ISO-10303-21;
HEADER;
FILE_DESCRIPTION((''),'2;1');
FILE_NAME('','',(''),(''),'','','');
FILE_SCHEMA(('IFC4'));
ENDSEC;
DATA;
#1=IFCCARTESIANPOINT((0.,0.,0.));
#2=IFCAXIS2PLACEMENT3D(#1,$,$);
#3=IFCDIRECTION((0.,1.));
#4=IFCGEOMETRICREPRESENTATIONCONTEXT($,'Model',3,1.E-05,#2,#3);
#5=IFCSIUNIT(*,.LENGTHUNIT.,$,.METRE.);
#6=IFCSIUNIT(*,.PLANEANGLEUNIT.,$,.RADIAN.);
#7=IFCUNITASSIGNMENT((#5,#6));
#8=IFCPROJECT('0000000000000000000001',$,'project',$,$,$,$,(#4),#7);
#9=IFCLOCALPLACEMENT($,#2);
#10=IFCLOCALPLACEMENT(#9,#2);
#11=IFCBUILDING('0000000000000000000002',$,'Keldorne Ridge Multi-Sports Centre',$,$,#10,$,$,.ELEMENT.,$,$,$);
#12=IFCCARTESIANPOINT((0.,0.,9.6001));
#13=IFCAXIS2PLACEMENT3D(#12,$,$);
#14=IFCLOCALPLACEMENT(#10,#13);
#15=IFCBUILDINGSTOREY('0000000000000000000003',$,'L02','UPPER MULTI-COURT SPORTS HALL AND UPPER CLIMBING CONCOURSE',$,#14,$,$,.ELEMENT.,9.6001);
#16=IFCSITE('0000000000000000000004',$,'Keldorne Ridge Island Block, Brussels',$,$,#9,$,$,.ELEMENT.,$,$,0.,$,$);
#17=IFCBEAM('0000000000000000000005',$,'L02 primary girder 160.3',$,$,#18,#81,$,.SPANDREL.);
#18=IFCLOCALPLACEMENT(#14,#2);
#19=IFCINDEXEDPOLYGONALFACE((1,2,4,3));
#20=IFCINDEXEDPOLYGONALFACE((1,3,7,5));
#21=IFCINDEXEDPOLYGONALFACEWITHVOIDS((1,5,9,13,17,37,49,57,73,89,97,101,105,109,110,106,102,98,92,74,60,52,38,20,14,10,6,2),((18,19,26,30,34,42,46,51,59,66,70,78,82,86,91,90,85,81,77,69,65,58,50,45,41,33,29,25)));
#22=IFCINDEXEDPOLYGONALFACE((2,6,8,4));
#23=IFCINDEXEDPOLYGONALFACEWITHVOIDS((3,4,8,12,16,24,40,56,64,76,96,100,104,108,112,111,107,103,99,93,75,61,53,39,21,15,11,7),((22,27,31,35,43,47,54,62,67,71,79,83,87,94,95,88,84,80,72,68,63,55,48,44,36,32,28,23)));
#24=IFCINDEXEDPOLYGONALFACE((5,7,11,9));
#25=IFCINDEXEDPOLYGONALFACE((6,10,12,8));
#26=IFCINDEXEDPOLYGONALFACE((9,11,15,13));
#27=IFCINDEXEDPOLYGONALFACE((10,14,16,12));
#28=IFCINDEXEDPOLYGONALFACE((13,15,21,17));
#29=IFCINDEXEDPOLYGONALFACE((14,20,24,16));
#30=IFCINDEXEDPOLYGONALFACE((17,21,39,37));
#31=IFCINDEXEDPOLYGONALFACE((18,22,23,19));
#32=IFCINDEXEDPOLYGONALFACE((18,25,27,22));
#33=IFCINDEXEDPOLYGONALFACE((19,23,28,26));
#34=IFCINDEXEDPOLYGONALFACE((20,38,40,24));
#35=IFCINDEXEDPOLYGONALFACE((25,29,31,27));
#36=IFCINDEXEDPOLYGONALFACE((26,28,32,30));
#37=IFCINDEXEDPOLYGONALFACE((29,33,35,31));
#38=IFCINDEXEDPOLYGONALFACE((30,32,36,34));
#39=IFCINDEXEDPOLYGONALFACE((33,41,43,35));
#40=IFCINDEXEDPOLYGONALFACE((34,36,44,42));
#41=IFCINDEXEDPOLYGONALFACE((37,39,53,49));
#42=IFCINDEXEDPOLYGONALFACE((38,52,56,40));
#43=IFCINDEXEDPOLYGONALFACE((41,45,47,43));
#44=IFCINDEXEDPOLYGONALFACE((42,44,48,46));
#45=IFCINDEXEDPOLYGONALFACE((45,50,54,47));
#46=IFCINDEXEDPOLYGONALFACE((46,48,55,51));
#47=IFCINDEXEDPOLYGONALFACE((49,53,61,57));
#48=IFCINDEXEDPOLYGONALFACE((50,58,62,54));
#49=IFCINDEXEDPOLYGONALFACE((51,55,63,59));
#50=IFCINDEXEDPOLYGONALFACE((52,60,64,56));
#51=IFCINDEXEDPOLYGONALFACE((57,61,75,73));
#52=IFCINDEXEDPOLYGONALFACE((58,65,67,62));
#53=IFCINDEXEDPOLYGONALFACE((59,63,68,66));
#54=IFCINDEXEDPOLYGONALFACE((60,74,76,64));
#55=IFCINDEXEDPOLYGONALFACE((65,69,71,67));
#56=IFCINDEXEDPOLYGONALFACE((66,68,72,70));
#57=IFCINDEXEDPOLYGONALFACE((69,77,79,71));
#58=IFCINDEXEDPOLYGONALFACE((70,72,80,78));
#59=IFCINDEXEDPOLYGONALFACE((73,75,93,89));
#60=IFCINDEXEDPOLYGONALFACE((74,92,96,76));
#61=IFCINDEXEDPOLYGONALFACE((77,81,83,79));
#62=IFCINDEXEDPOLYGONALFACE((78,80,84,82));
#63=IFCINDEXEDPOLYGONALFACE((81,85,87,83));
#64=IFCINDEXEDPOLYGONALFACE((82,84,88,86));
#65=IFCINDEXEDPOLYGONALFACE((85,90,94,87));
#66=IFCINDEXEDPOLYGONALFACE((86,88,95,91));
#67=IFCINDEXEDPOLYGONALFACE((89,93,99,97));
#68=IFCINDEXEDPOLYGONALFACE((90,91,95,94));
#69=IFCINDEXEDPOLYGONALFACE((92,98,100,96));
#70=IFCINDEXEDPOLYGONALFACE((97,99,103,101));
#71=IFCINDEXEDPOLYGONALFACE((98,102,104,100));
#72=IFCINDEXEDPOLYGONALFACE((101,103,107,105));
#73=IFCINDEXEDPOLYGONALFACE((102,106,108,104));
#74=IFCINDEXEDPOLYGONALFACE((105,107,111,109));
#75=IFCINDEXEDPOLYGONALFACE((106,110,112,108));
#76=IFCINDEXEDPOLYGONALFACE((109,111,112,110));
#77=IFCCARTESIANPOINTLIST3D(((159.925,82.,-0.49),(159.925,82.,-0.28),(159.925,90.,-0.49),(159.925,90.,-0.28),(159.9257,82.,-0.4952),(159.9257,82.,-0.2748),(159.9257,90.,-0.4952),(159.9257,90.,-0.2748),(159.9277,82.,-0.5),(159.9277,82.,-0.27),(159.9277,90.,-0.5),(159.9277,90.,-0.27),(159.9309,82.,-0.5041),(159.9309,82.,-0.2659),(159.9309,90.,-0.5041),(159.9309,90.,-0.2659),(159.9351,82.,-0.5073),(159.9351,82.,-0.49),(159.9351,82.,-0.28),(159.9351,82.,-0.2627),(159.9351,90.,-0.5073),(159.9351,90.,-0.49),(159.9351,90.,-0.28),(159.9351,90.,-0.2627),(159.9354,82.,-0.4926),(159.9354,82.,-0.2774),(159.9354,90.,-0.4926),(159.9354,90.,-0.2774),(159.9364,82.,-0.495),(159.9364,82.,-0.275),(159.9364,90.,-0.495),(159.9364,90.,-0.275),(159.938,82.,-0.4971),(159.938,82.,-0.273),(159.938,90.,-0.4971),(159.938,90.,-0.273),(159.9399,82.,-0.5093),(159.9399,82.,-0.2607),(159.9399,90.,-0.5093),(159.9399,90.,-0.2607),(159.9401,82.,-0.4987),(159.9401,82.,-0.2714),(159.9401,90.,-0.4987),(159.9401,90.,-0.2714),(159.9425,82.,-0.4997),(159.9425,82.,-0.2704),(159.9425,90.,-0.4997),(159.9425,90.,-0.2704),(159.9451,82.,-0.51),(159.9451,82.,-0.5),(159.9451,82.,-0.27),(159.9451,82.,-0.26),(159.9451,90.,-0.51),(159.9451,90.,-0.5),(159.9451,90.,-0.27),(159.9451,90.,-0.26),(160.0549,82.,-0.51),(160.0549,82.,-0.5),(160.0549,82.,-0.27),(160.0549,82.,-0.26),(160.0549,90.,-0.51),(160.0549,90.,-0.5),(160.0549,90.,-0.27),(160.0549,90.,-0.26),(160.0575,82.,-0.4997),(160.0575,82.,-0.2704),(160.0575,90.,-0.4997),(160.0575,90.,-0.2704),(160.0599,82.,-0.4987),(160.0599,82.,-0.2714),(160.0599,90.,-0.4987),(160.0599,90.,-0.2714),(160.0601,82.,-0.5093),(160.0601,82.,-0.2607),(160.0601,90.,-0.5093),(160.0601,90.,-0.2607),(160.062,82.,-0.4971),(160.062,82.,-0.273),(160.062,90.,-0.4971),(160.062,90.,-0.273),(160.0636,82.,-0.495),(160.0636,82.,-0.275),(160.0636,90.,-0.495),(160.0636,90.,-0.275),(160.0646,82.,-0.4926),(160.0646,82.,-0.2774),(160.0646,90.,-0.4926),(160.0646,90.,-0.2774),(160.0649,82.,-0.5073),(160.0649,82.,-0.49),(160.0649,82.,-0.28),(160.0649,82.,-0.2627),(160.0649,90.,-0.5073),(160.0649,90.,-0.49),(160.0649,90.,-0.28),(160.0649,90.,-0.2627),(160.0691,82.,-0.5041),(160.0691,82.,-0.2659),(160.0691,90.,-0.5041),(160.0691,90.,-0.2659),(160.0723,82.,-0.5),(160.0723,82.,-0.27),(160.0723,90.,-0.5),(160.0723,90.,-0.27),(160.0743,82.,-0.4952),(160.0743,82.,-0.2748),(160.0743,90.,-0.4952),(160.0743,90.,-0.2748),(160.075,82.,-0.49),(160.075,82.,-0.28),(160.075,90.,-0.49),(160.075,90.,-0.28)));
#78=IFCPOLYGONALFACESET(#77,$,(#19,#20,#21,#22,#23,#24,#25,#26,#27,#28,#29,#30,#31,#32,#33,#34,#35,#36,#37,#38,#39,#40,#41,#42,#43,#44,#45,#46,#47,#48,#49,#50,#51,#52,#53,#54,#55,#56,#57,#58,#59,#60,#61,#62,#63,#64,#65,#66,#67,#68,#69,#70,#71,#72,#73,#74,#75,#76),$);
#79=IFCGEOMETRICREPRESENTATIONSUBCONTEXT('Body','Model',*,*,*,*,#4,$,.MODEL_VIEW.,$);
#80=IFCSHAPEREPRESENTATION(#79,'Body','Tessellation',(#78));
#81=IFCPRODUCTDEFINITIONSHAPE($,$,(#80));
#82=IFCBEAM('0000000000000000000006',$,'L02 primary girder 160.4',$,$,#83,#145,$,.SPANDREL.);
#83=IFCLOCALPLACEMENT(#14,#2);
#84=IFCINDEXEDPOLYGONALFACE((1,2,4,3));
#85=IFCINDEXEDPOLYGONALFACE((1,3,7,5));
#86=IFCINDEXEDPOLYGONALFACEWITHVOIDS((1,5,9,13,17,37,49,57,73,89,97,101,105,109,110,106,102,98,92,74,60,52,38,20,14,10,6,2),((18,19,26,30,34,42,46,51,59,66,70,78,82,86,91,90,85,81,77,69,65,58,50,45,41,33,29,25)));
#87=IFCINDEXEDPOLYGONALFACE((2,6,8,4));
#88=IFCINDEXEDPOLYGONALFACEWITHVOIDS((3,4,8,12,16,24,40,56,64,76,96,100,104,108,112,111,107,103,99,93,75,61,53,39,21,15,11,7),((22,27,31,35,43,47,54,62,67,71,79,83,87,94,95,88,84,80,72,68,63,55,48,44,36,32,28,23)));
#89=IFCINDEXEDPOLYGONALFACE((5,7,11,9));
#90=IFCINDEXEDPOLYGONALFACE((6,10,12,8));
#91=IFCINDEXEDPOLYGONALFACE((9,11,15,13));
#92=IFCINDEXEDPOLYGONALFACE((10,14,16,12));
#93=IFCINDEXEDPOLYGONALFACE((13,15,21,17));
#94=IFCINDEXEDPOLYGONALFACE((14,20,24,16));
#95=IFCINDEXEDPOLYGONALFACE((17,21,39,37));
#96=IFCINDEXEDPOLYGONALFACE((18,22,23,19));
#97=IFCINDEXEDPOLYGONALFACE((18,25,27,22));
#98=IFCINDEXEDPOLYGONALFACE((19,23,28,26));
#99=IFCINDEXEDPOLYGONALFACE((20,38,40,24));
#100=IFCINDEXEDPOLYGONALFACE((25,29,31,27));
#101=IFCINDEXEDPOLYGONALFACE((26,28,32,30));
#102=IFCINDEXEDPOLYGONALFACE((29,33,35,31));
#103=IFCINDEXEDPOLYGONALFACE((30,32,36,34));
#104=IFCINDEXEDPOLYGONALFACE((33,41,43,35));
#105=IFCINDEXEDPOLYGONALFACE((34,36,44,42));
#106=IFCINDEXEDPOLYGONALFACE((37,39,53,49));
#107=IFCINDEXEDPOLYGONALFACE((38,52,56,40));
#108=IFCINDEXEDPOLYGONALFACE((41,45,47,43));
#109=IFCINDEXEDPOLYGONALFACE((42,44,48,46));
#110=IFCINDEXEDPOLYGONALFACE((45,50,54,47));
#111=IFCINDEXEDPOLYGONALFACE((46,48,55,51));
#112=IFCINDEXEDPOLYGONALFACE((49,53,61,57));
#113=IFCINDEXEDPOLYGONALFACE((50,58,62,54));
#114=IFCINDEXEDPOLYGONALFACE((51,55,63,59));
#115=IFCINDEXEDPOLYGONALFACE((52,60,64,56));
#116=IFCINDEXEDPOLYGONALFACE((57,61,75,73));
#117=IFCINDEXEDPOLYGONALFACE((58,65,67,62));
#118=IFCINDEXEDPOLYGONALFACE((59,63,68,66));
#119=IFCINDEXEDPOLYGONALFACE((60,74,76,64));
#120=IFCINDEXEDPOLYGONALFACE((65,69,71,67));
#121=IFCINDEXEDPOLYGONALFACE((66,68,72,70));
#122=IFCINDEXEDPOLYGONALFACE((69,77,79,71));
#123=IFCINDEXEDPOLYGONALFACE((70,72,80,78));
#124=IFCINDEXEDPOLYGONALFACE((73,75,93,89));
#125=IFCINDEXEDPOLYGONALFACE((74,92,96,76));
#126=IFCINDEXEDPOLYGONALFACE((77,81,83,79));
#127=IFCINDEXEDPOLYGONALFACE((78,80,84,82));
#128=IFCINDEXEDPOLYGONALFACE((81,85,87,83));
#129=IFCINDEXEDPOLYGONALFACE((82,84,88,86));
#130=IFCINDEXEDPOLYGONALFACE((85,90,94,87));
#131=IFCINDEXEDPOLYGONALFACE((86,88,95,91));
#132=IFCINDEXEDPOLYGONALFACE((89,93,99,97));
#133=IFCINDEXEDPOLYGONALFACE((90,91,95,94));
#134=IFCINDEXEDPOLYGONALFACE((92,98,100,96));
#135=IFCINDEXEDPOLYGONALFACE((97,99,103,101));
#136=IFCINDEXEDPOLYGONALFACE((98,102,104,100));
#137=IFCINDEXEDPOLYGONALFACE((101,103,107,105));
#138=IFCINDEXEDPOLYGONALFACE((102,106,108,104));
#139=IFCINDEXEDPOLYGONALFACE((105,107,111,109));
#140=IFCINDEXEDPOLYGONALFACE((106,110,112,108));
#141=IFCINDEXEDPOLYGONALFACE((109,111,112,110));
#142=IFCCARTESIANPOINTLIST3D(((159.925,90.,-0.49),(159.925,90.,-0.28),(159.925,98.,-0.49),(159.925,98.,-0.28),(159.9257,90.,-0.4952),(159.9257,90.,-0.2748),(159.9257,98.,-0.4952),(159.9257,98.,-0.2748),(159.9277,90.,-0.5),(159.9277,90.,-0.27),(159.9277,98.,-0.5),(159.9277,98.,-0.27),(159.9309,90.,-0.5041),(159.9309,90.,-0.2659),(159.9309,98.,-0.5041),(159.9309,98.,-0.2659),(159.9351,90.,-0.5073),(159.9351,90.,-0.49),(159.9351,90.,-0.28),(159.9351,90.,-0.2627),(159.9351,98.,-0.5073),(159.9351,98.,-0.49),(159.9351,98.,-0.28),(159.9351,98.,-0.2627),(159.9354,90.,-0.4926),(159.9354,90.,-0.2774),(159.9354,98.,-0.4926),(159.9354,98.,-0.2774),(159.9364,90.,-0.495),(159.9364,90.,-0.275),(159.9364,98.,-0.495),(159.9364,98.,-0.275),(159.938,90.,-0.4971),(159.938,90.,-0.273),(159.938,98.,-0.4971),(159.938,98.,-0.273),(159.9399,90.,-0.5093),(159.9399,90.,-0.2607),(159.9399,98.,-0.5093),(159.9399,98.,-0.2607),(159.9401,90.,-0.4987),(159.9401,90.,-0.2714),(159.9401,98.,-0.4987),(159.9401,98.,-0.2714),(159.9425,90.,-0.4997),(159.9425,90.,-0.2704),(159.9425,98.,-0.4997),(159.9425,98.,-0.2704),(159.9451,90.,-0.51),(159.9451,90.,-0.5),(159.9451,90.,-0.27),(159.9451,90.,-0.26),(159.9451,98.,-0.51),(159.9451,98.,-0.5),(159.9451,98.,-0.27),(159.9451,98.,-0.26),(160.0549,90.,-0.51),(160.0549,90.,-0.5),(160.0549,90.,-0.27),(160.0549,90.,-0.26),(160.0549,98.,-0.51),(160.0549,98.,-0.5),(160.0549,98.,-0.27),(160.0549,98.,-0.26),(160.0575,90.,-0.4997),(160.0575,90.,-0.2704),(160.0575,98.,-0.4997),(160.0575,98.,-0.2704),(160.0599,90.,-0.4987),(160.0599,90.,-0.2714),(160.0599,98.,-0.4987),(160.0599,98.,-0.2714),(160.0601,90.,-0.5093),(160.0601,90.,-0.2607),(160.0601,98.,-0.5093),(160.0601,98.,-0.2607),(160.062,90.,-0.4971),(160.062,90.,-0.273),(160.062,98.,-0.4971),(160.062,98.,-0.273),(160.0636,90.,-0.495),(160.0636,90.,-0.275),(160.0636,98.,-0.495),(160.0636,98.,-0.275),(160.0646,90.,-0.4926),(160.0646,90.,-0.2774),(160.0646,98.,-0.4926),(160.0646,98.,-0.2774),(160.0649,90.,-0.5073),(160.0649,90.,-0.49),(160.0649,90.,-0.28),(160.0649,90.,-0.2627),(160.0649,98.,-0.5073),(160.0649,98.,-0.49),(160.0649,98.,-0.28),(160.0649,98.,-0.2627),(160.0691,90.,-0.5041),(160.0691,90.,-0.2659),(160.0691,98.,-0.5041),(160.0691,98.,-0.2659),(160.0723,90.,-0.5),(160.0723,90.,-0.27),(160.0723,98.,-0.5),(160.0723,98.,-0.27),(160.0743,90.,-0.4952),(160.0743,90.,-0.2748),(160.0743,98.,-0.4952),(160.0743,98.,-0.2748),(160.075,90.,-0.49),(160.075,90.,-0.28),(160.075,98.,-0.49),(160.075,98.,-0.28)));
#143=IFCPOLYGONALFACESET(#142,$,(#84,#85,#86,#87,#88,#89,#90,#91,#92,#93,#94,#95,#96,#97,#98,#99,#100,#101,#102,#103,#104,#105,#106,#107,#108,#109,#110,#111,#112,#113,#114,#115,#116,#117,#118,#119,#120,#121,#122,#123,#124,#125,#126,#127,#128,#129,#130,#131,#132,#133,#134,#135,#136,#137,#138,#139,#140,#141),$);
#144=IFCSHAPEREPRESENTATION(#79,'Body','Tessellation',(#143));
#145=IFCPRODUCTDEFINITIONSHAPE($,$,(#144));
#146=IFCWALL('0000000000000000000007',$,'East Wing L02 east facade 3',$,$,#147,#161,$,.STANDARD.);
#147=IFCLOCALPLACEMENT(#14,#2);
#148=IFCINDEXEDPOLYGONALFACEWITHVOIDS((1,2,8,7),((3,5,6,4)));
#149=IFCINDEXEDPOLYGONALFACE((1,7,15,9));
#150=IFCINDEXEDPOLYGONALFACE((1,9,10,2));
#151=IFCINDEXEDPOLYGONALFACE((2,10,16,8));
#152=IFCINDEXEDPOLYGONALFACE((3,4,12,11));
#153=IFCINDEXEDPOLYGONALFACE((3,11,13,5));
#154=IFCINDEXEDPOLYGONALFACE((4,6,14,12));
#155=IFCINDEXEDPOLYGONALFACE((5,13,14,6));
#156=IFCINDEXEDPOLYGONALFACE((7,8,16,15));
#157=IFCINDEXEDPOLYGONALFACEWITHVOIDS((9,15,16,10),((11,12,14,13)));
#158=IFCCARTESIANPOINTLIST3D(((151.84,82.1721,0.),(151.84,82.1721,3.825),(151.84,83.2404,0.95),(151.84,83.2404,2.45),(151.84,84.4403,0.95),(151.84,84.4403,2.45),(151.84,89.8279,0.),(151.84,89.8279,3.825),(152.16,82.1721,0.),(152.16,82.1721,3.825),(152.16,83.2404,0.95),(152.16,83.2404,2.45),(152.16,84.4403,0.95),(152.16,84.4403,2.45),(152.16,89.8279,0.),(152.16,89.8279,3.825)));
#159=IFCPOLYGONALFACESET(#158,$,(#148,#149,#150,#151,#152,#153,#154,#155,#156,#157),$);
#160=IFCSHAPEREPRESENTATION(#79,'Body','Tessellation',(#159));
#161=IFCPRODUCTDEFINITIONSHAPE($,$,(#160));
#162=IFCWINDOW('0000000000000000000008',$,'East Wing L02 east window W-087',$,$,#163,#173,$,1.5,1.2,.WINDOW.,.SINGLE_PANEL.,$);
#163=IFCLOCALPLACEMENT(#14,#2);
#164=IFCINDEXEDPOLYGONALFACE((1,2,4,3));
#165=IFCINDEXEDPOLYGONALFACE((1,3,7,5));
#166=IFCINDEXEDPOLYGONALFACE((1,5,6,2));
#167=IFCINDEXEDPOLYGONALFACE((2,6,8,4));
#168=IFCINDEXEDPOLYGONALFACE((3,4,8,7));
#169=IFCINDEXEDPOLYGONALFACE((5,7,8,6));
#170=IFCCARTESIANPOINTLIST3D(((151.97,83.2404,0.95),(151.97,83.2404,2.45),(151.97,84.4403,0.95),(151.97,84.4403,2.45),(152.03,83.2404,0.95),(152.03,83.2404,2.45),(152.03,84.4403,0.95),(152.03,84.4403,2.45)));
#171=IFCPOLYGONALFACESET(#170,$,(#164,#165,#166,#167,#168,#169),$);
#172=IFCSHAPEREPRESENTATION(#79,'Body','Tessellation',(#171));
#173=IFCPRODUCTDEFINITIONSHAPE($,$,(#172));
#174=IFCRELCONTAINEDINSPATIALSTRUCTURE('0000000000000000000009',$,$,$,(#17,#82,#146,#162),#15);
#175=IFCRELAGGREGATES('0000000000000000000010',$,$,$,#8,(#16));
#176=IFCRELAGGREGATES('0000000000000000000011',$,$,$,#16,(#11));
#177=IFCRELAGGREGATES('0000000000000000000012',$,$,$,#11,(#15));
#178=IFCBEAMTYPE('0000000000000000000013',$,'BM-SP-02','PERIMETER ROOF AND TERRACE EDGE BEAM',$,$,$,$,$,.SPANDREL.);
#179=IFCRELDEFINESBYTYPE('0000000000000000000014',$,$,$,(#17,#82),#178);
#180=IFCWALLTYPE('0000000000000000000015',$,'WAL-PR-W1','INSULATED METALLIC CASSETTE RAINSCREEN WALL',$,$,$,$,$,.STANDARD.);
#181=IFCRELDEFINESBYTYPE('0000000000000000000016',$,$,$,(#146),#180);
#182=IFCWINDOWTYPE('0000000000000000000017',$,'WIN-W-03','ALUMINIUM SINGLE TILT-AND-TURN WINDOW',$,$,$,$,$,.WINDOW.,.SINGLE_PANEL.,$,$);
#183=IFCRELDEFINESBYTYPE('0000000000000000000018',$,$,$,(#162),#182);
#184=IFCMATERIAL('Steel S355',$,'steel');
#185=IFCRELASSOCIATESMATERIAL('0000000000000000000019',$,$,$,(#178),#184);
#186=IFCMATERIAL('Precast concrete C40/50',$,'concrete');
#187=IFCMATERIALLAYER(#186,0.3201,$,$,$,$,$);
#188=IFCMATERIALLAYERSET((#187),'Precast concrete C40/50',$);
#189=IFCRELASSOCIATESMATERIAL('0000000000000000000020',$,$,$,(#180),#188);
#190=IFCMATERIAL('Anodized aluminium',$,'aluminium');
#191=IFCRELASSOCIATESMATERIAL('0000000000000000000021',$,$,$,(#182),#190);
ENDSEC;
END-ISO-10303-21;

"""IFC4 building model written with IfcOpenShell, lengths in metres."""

from ifc_helpers import new_model, si_unit, direction, frame, frame_2d, origin, origin_2d, place, context, subcontext, project, spatial, rectangle, hollow_rectangle, extrude, material, layer, layer_set, material_profile, profile_set, type_object, element, fill, save


model = new_model("IFC4")

# Units and contexts
model_context = context("Model", 3, precision=1e-05, world=origin(), true_north=direction((0.0, 1.0)))
body_context = subcontext(model_context, "Body", "Model", "MODEL_VIEW")
ifc_project = project(units=[si_unit("LENGTHUNIT", "METRE"), si_unit("PLANEANGLEUNIT", "RADIAN")], contexts=[model_context])

# Site, building, storey
site_placement = place(None, origin())
site = spatial("IfcSite", under=ifc_project, at=site_placement, Name="Keldorne Ridge Island Block, Brussels", CompositionType="ELEMENT", RefElevation=0.0)
building_placement = place(site_placement, origin())
building = spatial("IfcBuilding", under=site, at=building_placement, Name="Keldorne Ridge Multi-Sports Centre", CompositionType="ELEMENT")
storey_placement = place(building_placement, frame((0.0, 0.0, 9.6001)))
storey = spatial("IfcBuildingStorey", under=building, at=storey_placement, Name="L02", Description="UPPER MULTI-COURT SPORTS HALL AND UPPER CLIMBING CONCOURSE", CompositionType="ELEMENT", Elevation=9.6001)

# Shared definitions
ifc_material_1 = material(Name="Steel S355", Category="steel")

# Beams
ifc_material_profile_1 = material_profile(ifc_material_1, hollow_rectangle(XDim=0.1499, YDim=0.25, WallThickness=0.01, InnerFilletRadius=0.01, OuterFilletRadius=0.02, at=origin_2d()), Name="RHS 250x150x10")
ifc_profile_set_1 = profile_set([ifc_material_profile_1], Name="Steel S355")
beam_type_1 = type_object("IfcBeamType", Name="BM-SP-02", Description="PERIMETER ROOF AND TERRACE EDGE BEAM", PredefinedType="SPANDREL", material=ifc_profile_set_1)
for number, where, z_axis, x_axis, name in (
    (1, (160.0, 82.0, -0.385), (0.0, 1.0, 0.0), (-1.0, 0.0, 0.0), "L02 primary girder 160.3"),
    (2, (160.0, 90.0, -0.385), (0.0, 1.0, 0.0), (-1.0, 0.0, 0.0), "L02 primary girder 160.4"),
):
    element("IfcBeam", number, at=place(storey_placement, frame(where, z_axis=z_axis, x_axis=x_axis)), inside=storey, type_object=beam_type_1, Name=name, PredefinedType="SPANDREL", context=body_context, shape_type="SweptSolid", body=[
        extrude(hollow_rectangle(XDim=0.1499, YDim=0.25, WallThickness=0.01, InnerFilletRadius=0.01, OuterFilletRadius=0.02, at=origin_2d()), origin(), (0.0, 0.0, 1.0), 8.0),
    ])

# Wall, opening, window
ifc_material_2 = material(Name="Precast concrete C40/50", Category="concrete")
ifc_layer_1 = layer(ifc_material_2, 0.3201)
ifc_layer_set_1 = layer_set([ifc_layer_1], Name="Precast concrete C40/50")
wall_type_1 = type_object("IfcWallType", Name="WAL-PR-W1", Description="INSULATED METALLIC CASSETTE RAINSCREEN WALL", PredefinedType="STANDARD", material=ifc_layer_set_1)
wall_1_placement = place(storey_placement, frame((152.0, 82.1721, 0.0), z_axis=(0.0, 0.0, 1.0), x_axis=(0.0, 1.0, 0.0)))
wall_1 = element("IfcWall", 3, at=wall_1_placement, inside=storey, type_object=wall_type_1, Name="East Wing L02 east facade 3", PredefinedType="STANDARD", context=body_context, shape_type="SweptSolid", body=[
    extrude(rectangle(XDim=7.6558, YDim=0.3201, at=frame_2d((3.8279, 0.0))), origin(), (0.0, 0.0, 1.0), 3.825),
])
opening_1_placement = place(wall_1_placement, frame((1.0681, 0.0, 0.95)))
opening_1 = element("IfcOpeningElement", 4, at=opening_1_placement, cuts=wall_1, PredefinedType="OPENING", context=body_context, shape_type="SweptSolid", body=[
    extrude(rectangle(XDim=1.2, YDim=1.5, at=frame_2d((0.6001, 0.75))), frame((0.0, 0.1699, 0.0), z_axis=(0.0, -1.0, 0.0), x_axis=(1.0, 0.0, 0.0)), (0.0, 0.0, 1.0), 0.3401),
])
ifc_material_3 = material(Name="Anodized aluminium", Category="aluminium")
window_type = type_object("IfcWindowType", Name="WIN-W-03", Description="ALUMINIUM SINGLE TILT-AND-TURN WINDOW", PartitioningType="SINGLE_PANEL", PredefinedType="WINDOW", material=ifc_material_3)
window_1_placement = place(opening_1_placement, origin())
window_1 = element("IfcWindow", 5, at=window_1_placement, inside=storey, type_object=window_type, Name="East Wing L02 east window W-087", OverallHeight=1.5, OverallWidth=1.2, PartitioningType="SINGLE_PANEL", PredefinedType="WINDOW", context=body_context, shape_type="SweptSolid", body=[
    extrude(rectangle(XDim=1.2, YDim=1.5, at=frame_2d((0.6001, 0.75))), frame((0.0, 0.03, 0.0), z_axis=(0.0, -1.0, 0.0), x_axis=(1.0, 0.0, 0.0)), (0.0, 0.0, 1.0), 0.0601),
])
fill(opening_1, window_1)

save(model, "model.ifc")
